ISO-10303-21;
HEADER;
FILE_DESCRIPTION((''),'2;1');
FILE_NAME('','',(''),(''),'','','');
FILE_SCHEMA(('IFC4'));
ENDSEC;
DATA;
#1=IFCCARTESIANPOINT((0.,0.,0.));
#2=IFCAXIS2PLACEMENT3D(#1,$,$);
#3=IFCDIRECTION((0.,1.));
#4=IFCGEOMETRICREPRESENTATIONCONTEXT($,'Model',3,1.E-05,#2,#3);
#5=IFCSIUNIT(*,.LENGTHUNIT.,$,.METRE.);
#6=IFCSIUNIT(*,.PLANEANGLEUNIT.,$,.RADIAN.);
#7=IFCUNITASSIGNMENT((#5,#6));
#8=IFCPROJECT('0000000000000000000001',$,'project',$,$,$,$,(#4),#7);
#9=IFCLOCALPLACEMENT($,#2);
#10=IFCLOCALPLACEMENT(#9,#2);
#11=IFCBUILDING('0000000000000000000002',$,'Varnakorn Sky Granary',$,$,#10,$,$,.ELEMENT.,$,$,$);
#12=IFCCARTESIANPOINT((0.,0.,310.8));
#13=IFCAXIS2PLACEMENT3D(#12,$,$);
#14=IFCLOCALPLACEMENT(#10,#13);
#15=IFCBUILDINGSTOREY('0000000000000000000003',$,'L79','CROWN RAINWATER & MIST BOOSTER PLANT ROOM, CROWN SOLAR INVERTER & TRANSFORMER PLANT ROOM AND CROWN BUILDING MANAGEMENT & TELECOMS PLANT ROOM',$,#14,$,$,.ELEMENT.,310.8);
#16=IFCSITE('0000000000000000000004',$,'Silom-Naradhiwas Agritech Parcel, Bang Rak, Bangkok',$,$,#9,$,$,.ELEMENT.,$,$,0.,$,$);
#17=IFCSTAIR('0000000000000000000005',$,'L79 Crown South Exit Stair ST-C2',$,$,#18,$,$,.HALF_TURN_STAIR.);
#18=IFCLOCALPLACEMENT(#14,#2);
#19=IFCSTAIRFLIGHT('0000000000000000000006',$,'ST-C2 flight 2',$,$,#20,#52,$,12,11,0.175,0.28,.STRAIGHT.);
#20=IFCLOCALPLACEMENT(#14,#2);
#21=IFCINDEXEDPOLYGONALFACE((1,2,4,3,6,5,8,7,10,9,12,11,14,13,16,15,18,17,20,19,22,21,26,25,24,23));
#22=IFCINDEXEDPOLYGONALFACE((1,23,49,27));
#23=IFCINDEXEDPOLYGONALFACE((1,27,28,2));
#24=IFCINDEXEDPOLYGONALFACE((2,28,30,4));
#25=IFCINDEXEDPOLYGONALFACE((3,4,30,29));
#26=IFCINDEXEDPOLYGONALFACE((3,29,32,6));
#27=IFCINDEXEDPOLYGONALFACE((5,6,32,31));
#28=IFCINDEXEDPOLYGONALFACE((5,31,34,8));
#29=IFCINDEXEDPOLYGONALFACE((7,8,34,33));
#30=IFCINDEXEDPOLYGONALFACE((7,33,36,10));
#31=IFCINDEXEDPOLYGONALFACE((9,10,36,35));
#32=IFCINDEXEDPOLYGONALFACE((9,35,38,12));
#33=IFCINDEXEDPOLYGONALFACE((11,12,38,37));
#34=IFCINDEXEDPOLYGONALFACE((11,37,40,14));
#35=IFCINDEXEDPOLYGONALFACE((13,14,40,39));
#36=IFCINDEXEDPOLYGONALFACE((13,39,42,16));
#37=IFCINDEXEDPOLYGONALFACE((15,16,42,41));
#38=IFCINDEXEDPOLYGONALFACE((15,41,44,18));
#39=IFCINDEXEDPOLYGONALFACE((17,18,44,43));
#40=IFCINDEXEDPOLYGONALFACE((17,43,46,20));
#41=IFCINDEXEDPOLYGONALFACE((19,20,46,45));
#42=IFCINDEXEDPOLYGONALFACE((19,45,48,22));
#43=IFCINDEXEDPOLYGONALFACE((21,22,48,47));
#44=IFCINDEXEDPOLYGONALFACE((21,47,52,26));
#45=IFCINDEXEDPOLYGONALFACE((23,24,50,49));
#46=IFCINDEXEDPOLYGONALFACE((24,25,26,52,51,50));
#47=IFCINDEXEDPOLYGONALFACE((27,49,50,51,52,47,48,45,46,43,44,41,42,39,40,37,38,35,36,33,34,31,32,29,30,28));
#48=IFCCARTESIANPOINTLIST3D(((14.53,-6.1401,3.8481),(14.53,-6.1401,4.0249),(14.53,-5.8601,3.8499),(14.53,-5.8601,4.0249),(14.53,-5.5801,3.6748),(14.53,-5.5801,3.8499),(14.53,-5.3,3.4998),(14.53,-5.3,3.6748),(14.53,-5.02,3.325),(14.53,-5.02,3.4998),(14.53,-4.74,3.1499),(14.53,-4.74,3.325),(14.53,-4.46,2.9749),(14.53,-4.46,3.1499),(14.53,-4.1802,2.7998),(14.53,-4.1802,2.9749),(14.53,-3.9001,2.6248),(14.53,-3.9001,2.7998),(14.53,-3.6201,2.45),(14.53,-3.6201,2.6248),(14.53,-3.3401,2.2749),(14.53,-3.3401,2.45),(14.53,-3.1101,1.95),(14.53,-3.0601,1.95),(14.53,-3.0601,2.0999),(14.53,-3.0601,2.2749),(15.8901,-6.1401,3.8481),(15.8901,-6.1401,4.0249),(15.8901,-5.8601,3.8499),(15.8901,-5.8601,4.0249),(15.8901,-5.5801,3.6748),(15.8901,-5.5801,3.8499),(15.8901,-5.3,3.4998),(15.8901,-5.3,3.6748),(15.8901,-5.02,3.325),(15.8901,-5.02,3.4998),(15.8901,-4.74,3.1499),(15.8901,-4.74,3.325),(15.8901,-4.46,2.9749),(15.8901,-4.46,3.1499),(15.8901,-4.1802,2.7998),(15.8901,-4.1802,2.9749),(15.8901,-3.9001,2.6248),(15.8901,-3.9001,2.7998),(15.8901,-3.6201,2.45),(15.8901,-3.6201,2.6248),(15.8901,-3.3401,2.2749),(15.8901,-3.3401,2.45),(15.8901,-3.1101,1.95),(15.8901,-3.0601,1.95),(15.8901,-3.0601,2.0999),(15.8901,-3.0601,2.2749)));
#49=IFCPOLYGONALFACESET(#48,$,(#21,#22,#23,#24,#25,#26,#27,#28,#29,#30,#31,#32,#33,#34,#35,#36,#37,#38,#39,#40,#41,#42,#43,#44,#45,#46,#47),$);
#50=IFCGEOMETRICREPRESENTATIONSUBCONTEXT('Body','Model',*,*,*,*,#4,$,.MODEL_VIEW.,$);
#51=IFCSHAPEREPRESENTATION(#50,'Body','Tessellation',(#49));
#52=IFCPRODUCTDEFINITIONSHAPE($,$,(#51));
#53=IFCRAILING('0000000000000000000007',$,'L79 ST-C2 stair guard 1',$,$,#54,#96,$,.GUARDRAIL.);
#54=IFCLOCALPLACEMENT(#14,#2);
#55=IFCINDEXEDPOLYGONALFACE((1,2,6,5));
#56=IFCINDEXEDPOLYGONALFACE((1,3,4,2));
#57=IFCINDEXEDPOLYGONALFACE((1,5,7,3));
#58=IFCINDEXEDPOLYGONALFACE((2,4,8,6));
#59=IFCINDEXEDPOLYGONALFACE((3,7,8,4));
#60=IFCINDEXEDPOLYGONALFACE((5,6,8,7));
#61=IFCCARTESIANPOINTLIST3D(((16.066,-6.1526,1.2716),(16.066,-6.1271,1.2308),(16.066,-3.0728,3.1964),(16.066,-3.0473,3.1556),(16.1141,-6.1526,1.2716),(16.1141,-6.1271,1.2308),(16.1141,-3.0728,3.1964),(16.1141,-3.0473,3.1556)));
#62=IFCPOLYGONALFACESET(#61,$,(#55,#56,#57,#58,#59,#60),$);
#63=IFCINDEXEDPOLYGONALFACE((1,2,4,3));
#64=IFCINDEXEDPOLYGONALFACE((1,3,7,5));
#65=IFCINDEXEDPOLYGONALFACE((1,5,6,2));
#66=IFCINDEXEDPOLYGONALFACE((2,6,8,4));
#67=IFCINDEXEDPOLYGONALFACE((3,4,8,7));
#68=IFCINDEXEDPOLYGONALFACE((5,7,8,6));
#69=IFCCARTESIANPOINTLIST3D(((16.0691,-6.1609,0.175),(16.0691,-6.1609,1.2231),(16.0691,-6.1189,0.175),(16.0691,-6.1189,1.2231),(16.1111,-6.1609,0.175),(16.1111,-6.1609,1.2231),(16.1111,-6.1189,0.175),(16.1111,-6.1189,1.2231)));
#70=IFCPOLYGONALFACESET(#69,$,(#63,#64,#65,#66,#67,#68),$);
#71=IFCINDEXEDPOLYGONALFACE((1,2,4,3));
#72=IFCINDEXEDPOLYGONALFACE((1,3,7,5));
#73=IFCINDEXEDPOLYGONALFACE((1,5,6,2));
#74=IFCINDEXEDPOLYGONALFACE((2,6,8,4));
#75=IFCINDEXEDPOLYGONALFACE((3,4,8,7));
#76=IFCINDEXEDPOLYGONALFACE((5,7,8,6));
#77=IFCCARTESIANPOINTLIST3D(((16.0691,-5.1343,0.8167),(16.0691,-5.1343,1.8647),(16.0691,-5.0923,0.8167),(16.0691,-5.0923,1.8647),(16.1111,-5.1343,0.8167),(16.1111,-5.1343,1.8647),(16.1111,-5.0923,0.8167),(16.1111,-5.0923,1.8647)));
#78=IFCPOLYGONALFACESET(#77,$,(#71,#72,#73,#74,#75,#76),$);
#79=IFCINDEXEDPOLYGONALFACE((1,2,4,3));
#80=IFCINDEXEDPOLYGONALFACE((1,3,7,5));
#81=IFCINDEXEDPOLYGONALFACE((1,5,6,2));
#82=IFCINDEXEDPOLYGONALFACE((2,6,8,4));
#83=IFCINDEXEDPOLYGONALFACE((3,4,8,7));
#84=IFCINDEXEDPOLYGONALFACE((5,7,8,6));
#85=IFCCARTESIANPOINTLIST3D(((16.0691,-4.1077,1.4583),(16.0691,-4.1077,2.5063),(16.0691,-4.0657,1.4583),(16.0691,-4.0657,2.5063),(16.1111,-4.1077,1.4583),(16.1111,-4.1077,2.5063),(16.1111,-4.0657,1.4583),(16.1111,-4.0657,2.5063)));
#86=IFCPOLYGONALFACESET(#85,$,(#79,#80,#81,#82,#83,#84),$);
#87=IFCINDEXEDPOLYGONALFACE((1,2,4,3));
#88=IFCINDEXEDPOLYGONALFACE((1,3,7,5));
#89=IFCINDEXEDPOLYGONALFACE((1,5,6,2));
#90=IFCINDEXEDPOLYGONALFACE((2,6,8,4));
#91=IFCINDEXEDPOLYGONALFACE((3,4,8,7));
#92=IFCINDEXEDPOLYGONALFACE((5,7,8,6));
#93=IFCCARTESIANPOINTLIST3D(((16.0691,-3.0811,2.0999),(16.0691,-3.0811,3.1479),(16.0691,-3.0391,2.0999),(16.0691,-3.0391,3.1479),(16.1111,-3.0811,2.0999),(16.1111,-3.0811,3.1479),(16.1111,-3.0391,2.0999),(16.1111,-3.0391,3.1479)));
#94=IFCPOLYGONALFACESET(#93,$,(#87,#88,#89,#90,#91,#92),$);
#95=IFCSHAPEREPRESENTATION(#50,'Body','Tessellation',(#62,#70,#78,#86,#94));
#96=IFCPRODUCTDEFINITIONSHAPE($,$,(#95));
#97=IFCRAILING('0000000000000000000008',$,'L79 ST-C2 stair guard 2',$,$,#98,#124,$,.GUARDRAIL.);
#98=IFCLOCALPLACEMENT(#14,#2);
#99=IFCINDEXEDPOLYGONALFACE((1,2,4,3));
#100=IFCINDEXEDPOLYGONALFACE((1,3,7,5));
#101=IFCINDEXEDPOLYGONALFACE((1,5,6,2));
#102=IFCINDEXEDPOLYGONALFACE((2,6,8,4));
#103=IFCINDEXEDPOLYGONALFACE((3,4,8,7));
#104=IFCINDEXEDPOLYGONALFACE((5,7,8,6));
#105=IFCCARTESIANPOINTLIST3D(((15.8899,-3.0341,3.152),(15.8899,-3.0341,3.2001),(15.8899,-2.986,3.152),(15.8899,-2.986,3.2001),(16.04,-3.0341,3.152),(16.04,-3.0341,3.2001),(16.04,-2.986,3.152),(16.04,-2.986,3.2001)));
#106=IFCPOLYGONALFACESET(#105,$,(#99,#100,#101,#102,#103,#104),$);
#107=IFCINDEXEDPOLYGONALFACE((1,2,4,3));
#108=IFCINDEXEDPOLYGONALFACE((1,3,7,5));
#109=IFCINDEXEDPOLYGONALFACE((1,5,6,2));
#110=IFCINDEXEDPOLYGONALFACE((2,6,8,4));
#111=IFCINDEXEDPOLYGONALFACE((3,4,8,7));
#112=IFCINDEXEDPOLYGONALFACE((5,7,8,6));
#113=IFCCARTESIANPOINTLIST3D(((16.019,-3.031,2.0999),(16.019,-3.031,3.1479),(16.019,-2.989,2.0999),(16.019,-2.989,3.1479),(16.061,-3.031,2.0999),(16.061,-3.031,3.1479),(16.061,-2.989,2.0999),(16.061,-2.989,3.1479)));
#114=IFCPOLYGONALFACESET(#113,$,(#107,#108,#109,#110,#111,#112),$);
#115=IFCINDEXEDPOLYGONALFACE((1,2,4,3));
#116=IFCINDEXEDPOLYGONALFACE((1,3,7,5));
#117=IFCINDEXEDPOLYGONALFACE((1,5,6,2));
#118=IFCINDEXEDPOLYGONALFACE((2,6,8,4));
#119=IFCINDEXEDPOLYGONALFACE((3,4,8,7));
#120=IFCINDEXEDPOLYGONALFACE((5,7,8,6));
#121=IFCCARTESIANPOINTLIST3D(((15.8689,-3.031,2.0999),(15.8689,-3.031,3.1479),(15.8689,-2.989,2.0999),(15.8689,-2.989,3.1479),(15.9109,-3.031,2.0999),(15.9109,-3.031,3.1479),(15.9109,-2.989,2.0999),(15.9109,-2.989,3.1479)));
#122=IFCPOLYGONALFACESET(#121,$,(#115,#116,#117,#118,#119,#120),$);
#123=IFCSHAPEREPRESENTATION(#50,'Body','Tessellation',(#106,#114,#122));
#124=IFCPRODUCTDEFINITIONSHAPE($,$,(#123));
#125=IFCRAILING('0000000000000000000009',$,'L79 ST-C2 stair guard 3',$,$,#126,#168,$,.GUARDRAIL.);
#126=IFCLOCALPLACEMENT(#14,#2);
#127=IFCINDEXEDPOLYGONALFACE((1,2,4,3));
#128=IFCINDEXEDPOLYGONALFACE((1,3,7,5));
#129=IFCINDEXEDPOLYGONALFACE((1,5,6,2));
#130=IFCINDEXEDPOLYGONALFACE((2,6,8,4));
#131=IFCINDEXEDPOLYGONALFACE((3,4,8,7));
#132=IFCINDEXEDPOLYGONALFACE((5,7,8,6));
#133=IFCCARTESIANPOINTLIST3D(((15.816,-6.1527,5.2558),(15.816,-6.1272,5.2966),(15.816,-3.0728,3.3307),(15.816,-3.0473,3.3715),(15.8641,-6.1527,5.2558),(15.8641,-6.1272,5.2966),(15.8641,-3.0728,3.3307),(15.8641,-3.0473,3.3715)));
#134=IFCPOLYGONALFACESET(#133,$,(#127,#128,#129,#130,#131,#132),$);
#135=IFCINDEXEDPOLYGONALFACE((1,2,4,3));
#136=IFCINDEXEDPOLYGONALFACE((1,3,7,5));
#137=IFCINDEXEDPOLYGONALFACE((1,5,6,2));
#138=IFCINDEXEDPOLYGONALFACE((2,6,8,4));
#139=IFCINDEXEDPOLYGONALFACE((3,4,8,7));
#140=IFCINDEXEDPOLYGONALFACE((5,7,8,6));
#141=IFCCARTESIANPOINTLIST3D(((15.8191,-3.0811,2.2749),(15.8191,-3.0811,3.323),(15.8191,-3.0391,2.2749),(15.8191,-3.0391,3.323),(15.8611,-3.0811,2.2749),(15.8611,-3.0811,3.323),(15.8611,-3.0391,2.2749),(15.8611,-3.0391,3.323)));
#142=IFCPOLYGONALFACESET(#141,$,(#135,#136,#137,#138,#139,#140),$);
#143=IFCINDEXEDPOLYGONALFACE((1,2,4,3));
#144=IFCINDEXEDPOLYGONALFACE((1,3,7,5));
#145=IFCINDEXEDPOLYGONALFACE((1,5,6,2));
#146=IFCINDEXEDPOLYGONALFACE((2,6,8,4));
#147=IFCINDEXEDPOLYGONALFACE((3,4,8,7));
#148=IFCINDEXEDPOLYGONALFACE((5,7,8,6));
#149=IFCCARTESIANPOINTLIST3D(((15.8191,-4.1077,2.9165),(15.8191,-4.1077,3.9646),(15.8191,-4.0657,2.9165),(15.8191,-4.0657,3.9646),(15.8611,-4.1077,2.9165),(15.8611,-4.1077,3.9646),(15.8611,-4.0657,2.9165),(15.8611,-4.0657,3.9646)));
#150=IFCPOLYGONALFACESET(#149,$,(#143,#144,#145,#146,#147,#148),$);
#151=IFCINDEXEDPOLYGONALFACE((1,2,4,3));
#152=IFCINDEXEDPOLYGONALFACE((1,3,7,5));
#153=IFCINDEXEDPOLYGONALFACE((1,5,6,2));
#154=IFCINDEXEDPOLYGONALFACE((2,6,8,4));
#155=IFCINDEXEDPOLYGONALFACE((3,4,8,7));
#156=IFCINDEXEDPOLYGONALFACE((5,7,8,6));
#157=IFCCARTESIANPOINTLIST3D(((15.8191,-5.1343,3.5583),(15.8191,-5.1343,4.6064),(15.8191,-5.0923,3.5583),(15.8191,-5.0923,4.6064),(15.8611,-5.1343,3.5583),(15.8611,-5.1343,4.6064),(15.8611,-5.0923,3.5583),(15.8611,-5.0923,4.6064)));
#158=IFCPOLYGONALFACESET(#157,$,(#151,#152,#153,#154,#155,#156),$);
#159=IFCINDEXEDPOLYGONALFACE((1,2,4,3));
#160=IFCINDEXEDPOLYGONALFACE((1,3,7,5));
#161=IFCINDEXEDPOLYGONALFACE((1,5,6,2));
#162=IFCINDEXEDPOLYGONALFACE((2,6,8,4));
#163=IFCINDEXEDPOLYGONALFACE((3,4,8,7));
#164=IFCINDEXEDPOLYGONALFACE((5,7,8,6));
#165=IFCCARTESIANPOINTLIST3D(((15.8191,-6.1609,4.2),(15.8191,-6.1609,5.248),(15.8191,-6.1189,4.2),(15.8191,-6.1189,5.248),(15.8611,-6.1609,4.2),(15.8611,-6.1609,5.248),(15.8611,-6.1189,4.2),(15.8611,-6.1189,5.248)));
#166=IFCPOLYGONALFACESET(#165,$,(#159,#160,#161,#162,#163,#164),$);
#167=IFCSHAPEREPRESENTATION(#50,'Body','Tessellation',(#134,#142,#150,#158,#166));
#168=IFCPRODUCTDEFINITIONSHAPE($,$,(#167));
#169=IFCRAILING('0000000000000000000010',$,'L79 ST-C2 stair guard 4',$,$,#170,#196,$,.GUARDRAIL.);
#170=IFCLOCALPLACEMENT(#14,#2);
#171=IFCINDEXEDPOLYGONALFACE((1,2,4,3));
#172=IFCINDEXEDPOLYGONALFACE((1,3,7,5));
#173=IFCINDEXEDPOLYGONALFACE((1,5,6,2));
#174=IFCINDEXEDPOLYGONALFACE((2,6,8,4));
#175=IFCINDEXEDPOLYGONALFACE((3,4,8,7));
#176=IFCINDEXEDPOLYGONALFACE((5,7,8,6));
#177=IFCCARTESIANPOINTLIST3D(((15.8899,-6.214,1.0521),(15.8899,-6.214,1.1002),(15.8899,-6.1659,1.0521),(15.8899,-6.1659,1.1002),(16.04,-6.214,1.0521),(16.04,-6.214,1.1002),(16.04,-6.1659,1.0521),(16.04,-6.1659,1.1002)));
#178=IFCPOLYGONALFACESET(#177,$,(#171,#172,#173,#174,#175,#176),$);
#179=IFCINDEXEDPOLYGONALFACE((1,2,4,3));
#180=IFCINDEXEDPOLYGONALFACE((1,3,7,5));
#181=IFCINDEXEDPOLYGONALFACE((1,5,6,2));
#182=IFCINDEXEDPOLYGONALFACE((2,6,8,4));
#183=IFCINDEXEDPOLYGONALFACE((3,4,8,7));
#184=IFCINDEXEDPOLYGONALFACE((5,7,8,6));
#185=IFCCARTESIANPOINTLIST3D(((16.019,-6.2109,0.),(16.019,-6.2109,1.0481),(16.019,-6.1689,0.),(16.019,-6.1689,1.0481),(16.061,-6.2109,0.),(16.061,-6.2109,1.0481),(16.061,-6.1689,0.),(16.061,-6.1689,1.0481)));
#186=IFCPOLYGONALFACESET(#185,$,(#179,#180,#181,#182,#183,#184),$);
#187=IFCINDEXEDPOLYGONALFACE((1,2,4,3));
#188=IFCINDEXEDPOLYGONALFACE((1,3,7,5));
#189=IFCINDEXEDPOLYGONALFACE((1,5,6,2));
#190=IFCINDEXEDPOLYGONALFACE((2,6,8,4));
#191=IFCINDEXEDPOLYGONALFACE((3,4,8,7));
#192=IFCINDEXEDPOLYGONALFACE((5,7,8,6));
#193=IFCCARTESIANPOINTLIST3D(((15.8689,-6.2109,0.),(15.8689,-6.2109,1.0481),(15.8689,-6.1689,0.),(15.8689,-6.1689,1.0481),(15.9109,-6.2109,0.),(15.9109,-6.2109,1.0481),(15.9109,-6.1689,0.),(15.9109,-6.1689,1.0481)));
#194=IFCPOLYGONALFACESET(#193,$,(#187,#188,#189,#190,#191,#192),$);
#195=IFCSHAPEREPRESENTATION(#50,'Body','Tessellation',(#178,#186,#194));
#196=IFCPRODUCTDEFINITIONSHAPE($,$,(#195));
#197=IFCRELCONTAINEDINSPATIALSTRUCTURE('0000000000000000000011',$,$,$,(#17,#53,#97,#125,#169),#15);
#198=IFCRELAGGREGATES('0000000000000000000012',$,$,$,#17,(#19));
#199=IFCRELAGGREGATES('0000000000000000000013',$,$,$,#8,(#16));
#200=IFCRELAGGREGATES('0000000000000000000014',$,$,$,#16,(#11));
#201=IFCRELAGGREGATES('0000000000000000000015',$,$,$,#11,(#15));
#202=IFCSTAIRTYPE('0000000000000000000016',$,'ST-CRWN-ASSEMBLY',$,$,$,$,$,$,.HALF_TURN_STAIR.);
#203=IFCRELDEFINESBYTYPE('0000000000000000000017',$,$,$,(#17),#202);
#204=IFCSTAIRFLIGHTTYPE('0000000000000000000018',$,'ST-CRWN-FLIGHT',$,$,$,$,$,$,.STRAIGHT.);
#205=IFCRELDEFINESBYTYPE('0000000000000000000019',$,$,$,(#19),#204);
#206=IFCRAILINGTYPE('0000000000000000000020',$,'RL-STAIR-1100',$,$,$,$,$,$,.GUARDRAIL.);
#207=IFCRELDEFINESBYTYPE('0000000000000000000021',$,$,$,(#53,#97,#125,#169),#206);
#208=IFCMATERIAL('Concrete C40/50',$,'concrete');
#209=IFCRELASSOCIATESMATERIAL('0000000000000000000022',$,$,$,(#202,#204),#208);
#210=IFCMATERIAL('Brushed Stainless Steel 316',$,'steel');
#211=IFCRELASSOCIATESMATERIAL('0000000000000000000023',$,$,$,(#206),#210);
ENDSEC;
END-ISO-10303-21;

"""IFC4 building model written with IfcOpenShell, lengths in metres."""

from ifc_helpers import new_model, si_unit, direction, frame, origin, origin_2d, place, context, subcontext, project, spatial, polyline, rectangle, outline, extrude, material, type_object, element, aggregate, save


model = new_model("IFC4")

# Units and contexts
model_context = context("Model", 3, precision=1e-05, world=origin(), true_north=direction((0.0, 1.0)))
body_context = subcontext(model_context, "Body", "Model", "MODEL_VIEW")
ifc_project = project(units=[si_unit("LENGTHUNIT", "METRE"), si_unit("PLANEANGLEUNIT", "RADIAN")], contexts=[model_context])

# Site, building, storey
site_placement = place(None, origin())
site = spatial("IfcSite", under=ifc_project, at=site_placement, Name="Silom-Naradhiwas Agritech Parcel, Bang Rak, Bangkok", CompositionType="ELEMENT", RefElevation=0.0)
building_placement = place(site_placement, origin())
building = spatial("IfcBuilding", under=site, at=building_placement, Name="Varnakorn Sky Granary", CompositionType="ELEMENT")
storey_placement = place(building_placement, frame((0.0, 0.0, 310.8)))
storey = spatial("IfcBuildingStorey", under=building, at=storey_placement, Name="L79", Description="CROWN RAINWATER & MIST BOOSTER PLANT ROOM, CROWN SOLAR INVERTER & TRANSFORMER PLANT ROOM AND CROWN BUILDING MANAGEMENT & TELECOMS PLANT ROOM", CompositionType="ELEMENT", Elevation=310.8)

# Stair, stair flight
ifc_material_1 = material(Name="Concrete C40/50", Category="concrete")
stair_type = type_object("IfcStairType", Name="ST-CRWN-ASSEMBLY", PredefinedType="HALF_TURN_STAIR", material=ifc_material_1)
stair_placement = place(storey_placement, origin())
stair = element("IfcStair", 1, at=stair_placement, inside=storey, type_object=stair_type, Name="L79 Crown South Exit Stair ST-C2", PredefinedType="HALF_TURN_STAIR")
stair_flight_type = type_object("IfcStairFlightType", Name="ST-CRWN-FLIGHT", PredefinedType="STRAIGHT", material=ifc_material_1)
stair_flight_1_placement = place(storey_placement, frame((15.21, -3.0601, 2.0999), z_axis=(0.0, 0.0, 1.0), x_axis=(0.0, -1.0, 0.0)))
stair_flight_1 = element("IfcStairFlight", 2, at=stair_flight_1_placement, type_object=stair_flight_type, Name="ST-C2 flight 2", NumberOfRisers=12, NumberOfTreads=11, PredefinedType="STRAIGHT", RiserHeight=0.175, TreadLength=0.28, context=body_context, shape_type="SweptSolid", body=[
    extrude(outline(polyline([(0.0, -0.1499), (0.0, 0.0), (0.0, 0.175), (0.28, 0.175), (0.28, 0.3501), (0.5601, 0.3501), (0.5601, 0.5249), (0.8401, 0.5249), (0.8401, 0.7), (1.1201, 0.7), (1.1201, 0.875), (1.3999, 0.875), (1.3999, 1.05), (1.6799, 1.05), (1.6799, 1.2251), (1.96, 1.2251), (1.96, 1.3999), (2.24, 1.3999), (2.24, 1.575), (2.52, 1.575), (2.52, 1.75), (2.8, 1.75), (2.8, 1.925), (3.0801, 1.925), (3.0801, 2.1001), (3.0801, 1.7483), (0.05, -0.1499), (0.0, -0.1499)])), frame((0.0, 0.6802, 0.0), z_axis=(0.0, -1.0, 0.0), x_axis=(1.0, 0.0, 0.0)), (0.0, 0.0, 1.0), 1.3601),
])
aggregate(stair, [stair_flight_1])

# Railings
ifc_material_2 = material(Name="Brushed Stainless Steel 316", Category="steel")
railing_type_1 = type_object("IfcRailingType", Name="RL-STAIR-1100", PredefinedType="GUARDRAIL", material=ifc_material_2)
railing_1_placement = place(storey_placement, frame((16.0901, -6.1399, 0.175)))
element("IfcRailing", 3, at=railing_1_placement, inside=storey, type_object=railing_type_1, Name="L79 ST-C2 stair guard 1", PredefinedType="GUARDRAIL", context=body_context, shape_type="SweptSolid", body=[
    extrude(rectangle(XDim=0.0481, YDim=0.0481, at=origin_2d()), frame((0.0, 0.0, 1.0762), z_axis=(0.0, 0.84801, 0.529981), x_axis=(-1.0, 0.0, 0.0)), (0.0, 0.0, 1.0), 3.6318),
    extrude(rectangle(XDim=0.042, YDim=0.042, at=origin_2d()), origin(), (0.0, 0.0, 1.0), 1.0481),
    extrude(rectangle(XDim=0.042, YDim=0.042, at=origin_2d()), frame((0.0, 1.0266, 0.6416)), (0.0, 0.0, 1.0), 1.0481),
    extrude(rectangle(XDim=0.042, YDim=0.042, at=origin_2d()), frame((0.0, 2.0532, 1.2832)), (0.0, 0.0, 1.0), 1.0481),
    extrude(rectangle(XDim=0.042, YDim=0.042, at=origin_2d()), frame((0.0, 3.0798, 1.9248)), (0.0, 0.0, 1.0), 1.0481),
])
railing_2_placement = place(storey_placement, frame((16.04, -3.01, 2.0999)))
element("IfcRailing", 4, at=railing_2_placement, inside=storey, type_object=railing_type_1, Name="L79 ST-C2 stair guard 2", PredefinedType="GUARDRAIL", context=body_context, shape_type="SweptSolid", body=[
    extrude(rectangle(XDim=0.0481, YDim=0.0481, at=origin_2d()), frame((0.0, 0.0, 1.0762), z_axis=(-1.0, 0.0, 0.0), x_axis=(0.0, -1.0, 0.0)), (0.0, 0.0, 1.0), 0.1501),
    extrude(rectangle(XDim=0.042, YDim=0.042, at=origin_2d()), origin(), (0.0, 0.0, 1.0), 1.0481),
    extrude(rectangle(XDim=0.042, YDim=0.042, at=origin_2d()), frame((-0.1501, 0.0, 0.0)), (0.0, 0.0, 1.0), 1.0481),
])
railing_3_placement = place(storey_placement, frame((15.8401, -3.0601, 2.2749)))
element("IfcRailing", 5, at=railing_3_placement, inside=storey, type_object=railing_type_1, Name="L79 ST-C2 stair guard 3", PredefinedType="GUARDRAIL", context=body_context, shape_type="SweptSolid", body=[
    extrude(rectangle(XDim=0.0481, YDim=0.0481, at=origin_2d()), frame((0.0, 0.0, 1.0762), z_axis=(0.0, -0.847979, 0.530029), x_axis=(1.0, 0.0, 0.0)), (0.0, 0.0, 1.0), 3.6321),
    extrude(rectangle(XDim=0.042, YDim=0.042, at=origin_2d()), origin(), (0.0, 0.0, 1.0), 1.0481),
    extrude(rectangle(XDim=0.042, YDim=0.042, at=origin_2d()), frame((0.0, -1.0266, 0.6416)), (0.0, 0.0, 1.0), 1.0481),
    extrude(rectangle(XDim=0.042, YDim=0.042, at=origin_2d()), frame((0.0, -2.0532, 1.2834)), (0.0, 0.0, 1.0), 1.0481),
    extrude(rectangle(XDim=0.042, YDim=0.042, at=origin_2d()), frame((0.0, -3.0798, 1.925)), (0.0, 0.0, 1.0), 1.0481),
])
railing_4_placement = place(storey_placement, frame((16.04, -6.1899, 0.0)))
element("IfcRailing", 6, at=railing_4_placement, inside=storey, type_object=railing_type_1, Name="L79 ST-C2 stair guard 4", PredefinedType="GUARDRAIL", context=body_context, shape_type="SweptSolid", body=[
    extrude(rectangle(XDim=0.0481, YDim=0.0481, at=origin_2d()), frame((0.0, 0.0, 1.0762), z_axis=(-1.0, 0.0, 0.0), x_axis=(0.0, -1.0, 0.0)), (0.0, 0.0, 1.0), 0.1501),
    extrude(rectangle(XDim=0.042, YDim=0.042, at=origin_2d()), origin(), (0.0, 0.0, 1.0), 1.0481),
    extrude(rectangle(XDim=0.042, YDim=0.042, at=origin_2d()), frame((-0.1501, 0.0, 0.0)), (0.0, 0.0, 1.0), 1.0481),
])

save(model, "model.ifc")
